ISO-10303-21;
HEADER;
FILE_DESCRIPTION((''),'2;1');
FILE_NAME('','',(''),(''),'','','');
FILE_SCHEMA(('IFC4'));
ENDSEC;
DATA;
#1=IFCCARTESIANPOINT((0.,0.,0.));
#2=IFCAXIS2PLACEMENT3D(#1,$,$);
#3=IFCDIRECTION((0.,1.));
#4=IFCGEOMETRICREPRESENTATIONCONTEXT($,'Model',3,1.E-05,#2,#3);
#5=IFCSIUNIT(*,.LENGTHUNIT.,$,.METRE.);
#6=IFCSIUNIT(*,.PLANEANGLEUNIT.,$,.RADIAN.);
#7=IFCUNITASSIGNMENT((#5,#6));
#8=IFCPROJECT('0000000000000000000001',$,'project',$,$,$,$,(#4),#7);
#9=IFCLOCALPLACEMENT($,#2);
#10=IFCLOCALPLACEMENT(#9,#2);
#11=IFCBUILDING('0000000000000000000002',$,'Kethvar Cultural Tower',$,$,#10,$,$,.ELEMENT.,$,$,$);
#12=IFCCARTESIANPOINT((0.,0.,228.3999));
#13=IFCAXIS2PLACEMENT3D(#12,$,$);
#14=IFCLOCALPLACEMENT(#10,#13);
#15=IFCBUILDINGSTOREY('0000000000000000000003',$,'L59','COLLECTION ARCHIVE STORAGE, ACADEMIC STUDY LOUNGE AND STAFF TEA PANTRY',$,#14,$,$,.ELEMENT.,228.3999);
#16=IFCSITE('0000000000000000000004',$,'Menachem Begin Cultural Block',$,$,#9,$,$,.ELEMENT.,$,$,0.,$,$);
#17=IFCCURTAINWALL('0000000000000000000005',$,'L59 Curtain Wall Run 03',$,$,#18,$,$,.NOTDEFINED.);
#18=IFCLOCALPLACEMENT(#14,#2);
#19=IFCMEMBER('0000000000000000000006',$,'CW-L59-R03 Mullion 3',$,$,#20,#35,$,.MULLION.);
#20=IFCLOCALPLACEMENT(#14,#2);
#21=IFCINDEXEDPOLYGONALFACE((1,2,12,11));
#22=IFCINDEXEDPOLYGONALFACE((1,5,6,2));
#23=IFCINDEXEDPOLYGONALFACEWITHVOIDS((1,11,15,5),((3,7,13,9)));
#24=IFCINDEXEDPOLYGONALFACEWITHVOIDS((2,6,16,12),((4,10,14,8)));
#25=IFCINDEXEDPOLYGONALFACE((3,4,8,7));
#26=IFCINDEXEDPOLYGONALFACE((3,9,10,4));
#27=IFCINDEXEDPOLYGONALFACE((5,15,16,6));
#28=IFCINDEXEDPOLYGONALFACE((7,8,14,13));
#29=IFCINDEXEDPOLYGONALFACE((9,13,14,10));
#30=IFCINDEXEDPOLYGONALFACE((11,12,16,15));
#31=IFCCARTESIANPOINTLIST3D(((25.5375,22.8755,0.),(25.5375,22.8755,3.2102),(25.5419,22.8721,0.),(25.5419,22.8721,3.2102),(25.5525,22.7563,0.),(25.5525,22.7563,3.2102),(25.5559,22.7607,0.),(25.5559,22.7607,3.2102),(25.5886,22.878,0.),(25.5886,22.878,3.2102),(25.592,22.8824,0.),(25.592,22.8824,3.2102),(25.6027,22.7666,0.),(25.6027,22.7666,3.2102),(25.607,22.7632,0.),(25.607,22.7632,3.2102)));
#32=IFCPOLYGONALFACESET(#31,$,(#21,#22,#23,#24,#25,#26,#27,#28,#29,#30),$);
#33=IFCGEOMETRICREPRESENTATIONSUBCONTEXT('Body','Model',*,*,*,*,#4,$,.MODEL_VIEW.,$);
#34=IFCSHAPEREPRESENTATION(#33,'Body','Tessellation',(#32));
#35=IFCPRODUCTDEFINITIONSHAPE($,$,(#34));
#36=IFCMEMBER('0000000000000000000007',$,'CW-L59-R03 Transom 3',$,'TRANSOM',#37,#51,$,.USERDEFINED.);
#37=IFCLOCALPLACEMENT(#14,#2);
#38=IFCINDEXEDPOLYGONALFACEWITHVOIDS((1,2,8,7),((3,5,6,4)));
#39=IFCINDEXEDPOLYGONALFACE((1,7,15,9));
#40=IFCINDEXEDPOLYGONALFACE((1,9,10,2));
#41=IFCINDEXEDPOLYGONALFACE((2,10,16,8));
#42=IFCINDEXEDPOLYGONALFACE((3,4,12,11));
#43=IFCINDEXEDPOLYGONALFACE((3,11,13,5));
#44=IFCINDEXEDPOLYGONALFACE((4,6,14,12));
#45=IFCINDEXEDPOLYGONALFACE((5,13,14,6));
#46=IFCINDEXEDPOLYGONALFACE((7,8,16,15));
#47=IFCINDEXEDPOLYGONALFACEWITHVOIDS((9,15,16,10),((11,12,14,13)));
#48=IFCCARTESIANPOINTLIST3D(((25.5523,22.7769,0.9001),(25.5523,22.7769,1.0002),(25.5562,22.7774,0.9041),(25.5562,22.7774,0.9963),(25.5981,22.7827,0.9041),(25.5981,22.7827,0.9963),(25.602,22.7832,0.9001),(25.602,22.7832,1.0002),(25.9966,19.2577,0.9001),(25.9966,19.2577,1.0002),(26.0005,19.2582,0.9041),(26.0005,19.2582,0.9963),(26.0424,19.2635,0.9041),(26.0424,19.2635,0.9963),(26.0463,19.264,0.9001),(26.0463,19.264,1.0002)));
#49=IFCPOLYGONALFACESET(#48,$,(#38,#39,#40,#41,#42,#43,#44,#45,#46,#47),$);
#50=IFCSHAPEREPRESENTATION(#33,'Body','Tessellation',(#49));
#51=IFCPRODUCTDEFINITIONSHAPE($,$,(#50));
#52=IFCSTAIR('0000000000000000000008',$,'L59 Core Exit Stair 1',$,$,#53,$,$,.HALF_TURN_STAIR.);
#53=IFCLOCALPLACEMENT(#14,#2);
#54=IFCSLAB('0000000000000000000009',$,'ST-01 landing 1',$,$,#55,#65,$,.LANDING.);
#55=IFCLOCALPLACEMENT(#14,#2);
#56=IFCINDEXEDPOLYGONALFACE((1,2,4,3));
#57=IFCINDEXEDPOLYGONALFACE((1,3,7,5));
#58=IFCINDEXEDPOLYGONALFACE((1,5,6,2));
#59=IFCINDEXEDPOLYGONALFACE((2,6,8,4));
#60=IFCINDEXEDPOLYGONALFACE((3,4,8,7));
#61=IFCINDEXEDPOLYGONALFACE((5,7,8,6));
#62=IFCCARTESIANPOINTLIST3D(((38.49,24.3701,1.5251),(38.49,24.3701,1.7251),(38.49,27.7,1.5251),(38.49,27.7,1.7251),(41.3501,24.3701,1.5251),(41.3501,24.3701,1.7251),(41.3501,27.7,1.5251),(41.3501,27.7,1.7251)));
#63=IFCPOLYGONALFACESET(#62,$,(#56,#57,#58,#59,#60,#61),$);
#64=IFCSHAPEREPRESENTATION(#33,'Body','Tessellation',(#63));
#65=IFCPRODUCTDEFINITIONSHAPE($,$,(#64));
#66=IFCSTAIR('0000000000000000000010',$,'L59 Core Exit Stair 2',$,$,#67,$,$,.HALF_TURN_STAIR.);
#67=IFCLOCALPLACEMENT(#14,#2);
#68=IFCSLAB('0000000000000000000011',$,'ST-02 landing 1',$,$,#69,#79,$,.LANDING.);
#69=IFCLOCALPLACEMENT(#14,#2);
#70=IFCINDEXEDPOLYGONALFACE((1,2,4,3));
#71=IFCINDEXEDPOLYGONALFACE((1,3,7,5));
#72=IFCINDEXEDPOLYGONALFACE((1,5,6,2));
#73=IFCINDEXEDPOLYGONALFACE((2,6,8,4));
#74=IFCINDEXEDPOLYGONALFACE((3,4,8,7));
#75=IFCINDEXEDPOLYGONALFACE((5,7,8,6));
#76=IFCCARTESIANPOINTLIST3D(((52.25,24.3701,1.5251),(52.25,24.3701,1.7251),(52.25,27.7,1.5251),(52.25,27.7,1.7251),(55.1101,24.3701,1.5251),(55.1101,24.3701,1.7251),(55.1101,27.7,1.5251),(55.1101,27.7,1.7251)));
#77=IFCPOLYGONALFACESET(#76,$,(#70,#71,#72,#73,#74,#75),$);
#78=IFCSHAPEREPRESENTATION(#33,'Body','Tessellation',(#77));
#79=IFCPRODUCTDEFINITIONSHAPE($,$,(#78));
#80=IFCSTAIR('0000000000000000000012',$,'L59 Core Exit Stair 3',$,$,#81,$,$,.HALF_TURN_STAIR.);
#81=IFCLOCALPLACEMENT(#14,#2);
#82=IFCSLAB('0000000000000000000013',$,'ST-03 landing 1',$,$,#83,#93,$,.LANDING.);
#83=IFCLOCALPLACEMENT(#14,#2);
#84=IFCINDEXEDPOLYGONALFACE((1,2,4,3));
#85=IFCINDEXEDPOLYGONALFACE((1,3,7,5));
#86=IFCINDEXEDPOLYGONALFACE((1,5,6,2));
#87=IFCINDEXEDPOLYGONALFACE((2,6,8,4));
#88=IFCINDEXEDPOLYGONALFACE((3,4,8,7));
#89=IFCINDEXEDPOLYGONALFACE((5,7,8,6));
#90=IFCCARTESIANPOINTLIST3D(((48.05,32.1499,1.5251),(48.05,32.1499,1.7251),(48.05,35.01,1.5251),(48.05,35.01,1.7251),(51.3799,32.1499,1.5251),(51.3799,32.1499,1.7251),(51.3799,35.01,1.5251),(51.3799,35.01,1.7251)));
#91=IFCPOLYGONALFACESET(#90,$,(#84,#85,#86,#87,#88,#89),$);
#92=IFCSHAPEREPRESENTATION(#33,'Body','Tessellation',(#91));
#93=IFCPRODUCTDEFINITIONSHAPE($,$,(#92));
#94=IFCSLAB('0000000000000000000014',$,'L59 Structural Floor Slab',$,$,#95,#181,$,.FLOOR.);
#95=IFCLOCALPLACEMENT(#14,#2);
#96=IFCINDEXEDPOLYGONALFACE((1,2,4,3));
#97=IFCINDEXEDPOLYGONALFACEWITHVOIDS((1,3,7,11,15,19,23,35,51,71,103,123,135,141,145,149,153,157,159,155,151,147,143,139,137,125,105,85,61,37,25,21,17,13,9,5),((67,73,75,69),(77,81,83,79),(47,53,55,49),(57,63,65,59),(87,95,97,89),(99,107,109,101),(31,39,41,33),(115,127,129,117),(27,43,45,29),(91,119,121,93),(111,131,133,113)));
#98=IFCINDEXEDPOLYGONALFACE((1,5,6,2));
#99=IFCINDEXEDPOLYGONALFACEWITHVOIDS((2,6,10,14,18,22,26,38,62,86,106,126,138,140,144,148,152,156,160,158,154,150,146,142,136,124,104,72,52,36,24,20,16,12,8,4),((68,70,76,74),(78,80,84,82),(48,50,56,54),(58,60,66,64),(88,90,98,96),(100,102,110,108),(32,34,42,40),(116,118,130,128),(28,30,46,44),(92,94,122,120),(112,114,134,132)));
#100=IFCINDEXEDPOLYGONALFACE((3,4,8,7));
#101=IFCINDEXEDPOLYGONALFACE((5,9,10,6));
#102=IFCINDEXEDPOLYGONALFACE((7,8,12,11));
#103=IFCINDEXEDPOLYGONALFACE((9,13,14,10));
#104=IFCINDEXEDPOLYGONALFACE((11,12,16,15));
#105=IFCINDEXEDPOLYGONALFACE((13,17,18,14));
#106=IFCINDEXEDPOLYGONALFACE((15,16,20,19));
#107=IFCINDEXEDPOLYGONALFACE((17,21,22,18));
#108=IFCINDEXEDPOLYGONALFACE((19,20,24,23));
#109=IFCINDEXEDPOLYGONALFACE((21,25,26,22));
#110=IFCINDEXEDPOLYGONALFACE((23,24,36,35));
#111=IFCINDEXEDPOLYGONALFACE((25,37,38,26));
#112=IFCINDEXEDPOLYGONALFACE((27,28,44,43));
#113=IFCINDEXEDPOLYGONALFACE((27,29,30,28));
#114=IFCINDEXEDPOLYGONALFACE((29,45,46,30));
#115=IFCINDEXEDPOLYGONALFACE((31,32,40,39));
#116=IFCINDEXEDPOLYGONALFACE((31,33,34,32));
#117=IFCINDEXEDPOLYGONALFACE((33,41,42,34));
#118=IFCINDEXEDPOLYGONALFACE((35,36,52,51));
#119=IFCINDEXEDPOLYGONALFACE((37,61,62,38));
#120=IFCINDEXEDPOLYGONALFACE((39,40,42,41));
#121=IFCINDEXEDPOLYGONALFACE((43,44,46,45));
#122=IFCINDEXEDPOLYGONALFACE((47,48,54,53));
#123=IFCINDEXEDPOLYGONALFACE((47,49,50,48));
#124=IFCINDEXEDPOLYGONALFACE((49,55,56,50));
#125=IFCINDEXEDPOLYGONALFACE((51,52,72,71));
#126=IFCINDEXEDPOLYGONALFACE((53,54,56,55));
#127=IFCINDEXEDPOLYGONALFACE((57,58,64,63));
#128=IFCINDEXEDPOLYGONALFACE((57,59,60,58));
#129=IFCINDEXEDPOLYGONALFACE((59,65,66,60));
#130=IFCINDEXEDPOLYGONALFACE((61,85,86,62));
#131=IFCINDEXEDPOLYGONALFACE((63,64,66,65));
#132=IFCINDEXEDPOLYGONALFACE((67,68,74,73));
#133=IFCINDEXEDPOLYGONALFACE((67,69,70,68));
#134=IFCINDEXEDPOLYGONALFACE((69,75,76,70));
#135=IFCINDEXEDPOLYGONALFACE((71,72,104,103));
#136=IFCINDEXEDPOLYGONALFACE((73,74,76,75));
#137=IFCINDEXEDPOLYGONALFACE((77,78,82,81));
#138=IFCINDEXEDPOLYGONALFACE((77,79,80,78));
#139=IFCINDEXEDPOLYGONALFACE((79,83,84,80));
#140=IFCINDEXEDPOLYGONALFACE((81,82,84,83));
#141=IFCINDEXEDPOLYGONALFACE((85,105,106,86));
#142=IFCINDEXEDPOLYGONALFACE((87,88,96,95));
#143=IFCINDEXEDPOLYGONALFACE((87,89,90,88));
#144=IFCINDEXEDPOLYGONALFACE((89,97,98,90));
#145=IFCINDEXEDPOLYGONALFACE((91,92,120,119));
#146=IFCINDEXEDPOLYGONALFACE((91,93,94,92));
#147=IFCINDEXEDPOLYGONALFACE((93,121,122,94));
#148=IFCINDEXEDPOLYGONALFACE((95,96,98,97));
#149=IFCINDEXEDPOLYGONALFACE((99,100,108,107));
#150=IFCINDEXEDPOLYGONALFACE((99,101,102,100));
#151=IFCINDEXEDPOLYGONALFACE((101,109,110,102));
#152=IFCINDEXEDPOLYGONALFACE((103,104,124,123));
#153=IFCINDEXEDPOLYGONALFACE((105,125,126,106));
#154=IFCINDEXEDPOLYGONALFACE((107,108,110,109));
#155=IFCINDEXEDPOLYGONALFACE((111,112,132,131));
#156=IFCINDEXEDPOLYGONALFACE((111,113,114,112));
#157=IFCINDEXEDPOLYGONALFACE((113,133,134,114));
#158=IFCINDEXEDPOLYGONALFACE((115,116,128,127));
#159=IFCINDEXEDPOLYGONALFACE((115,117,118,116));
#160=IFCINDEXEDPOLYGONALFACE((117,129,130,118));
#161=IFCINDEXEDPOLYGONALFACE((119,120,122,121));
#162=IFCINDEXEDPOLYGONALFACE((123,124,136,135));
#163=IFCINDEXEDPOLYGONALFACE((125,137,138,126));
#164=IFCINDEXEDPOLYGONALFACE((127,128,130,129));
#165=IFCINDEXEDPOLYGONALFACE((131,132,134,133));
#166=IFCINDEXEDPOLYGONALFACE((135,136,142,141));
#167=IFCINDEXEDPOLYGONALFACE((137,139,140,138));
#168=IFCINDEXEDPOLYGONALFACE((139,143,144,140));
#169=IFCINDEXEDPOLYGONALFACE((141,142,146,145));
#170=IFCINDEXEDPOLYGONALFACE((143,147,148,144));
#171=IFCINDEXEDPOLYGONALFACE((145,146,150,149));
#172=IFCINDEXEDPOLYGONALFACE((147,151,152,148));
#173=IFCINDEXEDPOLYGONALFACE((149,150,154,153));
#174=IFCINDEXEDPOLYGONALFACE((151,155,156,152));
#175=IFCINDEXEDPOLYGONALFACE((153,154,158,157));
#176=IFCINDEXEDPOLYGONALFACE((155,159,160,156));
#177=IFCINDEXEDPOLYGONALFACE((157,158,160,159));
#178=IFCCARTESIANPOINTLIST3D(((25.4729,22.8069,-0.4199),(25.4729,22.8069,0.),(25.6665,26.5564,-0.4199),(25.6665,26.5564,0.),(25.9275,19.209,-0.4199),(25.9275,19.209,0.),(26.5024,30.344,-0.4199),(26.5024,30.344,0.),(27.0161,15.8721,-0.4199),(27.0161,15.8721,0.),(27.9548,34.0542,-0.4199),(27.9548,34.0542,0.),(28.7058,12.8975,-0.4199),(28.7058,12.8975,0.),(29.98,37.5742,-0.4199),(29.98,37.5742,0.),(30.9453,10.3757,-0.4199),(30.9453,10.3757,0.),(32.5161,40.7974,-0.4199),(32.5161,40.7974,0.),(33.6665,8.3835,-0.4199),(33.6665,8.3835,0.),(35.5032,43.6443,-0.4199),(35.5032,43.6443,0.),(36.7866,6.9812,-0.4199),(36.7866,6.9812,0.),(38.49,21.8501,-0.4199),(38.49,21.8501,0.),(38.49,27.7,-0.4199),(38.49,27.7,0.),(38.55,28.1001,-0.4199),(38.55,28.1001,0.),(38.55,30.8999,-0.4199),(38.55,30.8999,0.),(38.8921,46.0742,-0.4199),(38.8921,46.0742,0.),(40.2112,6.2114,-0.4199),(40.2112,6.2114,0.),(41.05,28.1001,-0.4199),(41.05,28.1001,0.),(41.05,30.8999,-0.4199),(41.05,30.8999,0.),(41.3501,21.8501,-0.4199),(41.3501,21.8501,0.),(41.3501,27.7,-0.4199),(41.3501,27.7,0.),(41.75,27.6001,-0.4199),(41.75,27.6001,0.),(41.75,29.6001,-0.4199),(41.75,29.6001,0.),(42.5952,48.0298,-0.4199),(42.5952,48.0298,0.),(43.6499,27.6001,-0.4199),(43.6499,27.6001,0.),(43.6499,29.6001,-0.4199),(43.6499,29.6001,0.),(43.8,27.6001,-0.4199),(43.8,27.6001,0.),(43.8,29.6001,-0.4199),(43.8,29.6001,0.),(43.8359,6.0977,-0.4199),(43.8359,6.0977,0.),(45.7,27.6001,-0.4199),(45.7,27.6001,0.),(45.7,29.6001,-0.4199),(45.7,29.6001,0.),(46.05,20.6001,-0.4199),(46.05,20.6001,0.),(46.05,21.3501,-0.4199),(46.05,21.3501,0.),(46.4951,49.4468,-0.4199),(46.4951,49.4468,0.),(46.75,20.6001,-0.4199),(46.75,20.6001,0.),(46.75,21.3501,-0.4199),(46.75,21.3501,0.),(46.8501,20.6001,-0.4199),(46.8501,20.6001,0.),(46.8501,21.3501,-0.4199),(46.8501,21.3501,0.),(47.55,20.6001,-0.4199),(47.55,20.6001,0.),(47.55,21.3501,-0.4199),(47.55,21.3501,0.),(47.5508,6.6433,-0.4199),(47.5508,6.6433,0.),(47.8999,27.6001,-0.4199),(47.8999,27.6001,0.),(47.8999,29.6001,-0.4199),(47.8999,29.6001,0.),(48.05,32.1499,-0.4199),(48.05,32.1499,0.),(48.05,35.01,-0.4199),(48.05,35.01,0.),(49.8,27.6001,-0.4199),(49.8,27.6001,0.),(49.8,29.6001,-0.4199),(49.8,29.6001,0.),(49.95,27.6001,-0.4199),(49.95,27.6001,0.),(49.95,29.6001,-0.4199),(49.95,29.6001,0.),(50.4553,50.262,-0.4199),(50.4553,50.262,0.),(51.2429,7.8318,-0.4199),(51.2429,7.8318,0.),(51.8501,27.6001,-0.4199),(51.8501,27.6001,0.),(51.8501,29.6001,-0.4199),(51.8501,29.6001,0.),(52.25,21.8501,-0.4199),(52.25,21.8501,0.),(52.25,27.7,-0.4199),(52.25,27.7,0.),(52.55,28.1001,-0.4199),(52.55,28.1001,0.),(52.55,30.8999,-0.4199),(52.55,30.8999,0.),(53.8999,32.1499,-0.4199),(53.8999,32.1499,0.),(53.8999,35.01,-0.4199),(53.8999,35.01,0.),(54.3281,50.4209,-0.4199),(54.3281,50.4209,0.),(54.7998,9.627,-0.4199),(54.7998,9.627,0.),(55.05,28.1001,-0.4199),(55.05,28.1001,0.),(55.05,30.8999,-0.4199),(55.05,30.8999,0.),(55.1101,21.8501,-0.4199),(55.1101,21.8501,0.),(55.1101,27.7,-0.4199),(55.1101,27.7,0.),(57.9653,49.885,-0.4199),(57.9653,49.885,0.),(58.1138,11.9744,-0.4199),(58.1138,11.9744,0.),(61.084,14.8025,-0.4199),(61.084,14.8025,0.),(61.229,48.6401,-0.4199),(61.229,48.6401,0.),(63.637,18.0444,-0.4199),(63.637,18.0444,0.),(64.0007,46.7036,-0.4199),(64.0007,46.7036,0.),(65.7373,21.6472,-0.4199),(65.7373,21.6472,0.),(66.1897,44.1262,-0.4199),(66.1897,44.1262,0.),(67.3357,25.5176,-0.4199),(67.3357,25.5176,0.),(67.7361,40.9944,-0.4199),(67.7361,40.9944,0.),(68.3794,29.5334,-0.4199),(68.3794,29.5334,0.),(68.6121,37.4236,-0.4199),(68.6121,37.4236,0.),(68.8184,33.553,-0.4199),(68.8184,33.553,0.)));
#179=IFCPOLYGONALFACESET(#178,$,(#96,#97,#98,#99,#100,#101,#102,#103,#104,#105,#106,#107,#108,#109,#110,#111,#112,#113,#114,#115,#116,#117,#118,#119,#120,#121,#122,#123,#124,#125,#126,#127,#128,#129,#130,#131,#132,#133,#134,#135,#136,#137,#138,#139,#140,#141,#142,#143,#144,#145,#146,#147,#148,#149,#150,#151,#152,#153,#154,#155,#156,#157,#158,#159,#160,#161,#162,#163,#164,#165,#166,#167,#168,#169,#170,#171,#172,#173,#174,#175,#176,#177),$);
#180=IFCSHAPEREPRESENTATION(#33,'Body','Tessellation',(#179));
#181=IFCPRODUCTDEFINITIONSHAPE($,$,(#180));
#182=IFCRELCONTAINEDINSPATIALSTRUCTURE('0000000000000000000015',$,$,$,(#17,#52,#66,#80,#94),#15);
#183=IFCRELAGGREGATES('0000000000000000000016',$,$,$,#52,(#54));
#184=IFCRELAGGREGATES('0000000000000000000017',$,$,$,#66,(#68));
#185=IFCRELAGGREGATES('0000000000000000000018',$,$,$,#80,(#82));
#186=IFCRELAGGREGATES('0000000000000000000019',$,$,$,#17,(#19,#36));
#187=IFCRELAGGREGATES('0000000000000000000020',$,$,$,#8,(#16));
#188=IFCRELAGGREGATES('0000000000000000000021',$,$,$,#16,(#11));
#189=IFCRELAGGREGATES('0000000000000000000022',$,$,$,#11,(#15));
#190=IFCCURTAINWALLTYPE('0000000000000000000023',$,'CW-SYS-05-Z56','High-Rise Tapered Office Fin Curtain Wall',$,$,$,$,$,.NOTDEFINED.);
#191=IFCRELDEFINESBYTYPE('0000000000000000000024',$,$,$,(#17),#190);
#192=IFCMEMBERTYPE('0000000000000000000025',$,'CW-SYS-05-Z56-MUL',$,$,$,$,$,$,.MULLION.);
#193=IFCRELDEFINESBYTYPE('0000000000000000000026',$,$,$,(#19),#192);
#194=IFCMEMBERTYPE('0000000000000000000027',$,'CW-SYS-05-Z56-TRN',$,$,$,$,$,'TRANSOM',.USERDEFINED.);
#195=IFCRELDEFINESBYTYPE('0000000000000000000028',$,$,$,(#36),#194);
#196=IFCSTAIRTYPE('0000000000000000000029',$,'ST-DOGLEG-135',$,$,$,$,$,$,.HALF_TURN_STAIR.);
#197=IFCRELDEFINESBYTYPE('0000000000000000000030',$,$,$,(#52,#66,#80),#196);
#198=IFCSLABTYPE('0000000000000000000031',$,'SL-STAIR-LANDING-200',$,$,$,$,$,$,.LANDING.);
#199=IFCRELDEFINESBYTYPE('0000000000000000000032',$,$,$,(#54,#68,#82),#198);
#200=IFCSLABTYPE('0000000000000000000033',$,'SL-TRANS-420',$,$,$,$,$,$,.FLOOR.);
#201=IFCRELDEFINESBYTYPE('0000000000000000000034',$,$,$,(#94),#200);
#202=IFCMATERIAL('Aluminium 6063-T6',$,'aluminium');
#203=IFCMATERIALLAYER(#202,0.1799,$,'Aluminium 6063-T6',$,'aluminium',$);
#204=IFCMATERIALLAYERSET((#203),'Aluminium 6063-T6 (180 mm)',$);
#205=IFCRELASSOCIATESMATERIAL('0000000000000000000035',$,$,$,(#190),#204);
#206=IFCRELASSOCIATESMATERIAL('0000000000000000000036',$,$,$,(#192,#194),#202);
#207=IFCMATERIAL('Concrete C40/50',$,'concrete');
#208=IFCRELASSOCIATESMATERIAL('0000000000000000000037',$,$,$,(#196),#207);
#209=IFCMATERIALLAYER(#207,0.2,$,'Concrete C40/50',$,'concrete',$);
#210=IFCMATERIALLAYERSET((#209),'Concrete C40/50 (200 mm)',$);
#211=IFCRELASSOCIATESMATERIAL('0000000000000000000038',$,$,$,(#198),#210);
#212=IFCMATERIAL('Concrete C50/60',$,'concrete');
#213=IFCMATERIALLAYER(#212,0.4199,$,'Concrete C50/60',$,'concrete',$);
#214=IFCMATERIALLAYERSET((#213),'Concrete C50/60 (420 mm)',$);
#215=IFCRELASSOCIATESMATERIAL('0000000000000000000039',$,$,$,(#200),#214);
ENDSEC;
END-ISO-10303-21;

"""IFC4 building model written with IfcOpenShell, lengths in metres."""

from ifc_helpers import new_model, si_unit, direction, frame, origin, origin_2d, place, context, subcontext, project, spatial, polyline, hollow_rectangle, outline, extrude, source, transform, mapped, material, layer, layer_set, material_profile, profile_set, type_object, element, aggregate, save


model = new_model("IFC4")

# Units and contexts
model_context = context("Model", 3, precision=1e-05, world=origin(), true_north=direction((0.0, 1.0)))
body_context = subcontext(model_context, "Body", "Model", "MODEL_VIEW")
ifc_project = project(units=[si_unit("LENGTHUNIT", "METRE"), si_unit("PLANEANGLEUNIT", "RADIAN")], contexts=[model_context])

# Site, building, storey
site_placement = place(None, origin())
site = spatial("IfcSite", under=ifc_project, at=site_placement, Name="Menachem Begin Cultural Block", CompositionType="ELEMENT", RefElevation=0.0)
building_placement = place(site_placement, origin())
building = spatial("IfcBuilding", under=site, at=building_placement, Name="Kethvar Cultural Tower", CompositionType="ELEMENT")
storey_placement = place(building_placement, frame((0.0, 0.0, 228.3999)))
storey = spatial("IfcBuildingStorey", under=building, at=storey_placement, Name="L59", Description="COLLECTION ARCHIVE STORAGE, ACADEMIC STUDY LOUNGE AND STAFF TEA PANTRY", CompositionType="ELEMENT", Elevation=228.3999)

# Curtain wall, members
ifc_material_1 = material(Name="Aluminium 6063-T6", Category="aluminium")
ifc_layer_1 = layer(ifc_material_1, 0.1799, Name="Aluminium 6063-T6", Category="aluminium")
ifc_layer_set_1 = layer_set([ifc_layer_1], Name="Aluminium 6063-T6 (180 mm)")
curtain_wall_type = type_object("IfcCurtainWallType", Name="CW-SYS-05-Z56", Description="High-Rise Tapered Office Fin Curtain Wall", PredefinedType="NOTDEFINED", material=ifc_layer_set_1)
curtain_wall_placement = place(storey_placement, origin())
curtain_wall = element("IfcCurtainWall", 1, at=curtain_wall_placement, inside=storey, type_object=curtain_wall_type, Name="L59 Curtain Wall Run 03", PredefinedType="NOTDEFINED")
ifc_material_profile_1 = material_profile(ifc_material_1, hollow_rectangle(XDim=0.0549, YDim=0.1201, WallThickness=0.0039, at=origin_2d()), Name="Aluminium 6063-T6 — RHS120x55x4")
ifc_profile_set_1 = profile_set([ifc_material_profile_1], Name="Aluminium 6063-T6 — RHS120x55x4")
member_type_1 = type_object("IfcMemberType", Name="CW-SYS-05-Z56-MUL", PredefinedType="MULLION", material=ifc_profile_set_1)
shared_shape_1 = source(origin(), body_context, "Body", "SweptSolid", [
    extrude(hollow_rectangle(XDim=0.0549, YDim=0.1201, WallThickness=0.0039, at=origin_2d()), origin(), (0.0, 0.0, 1.0), 3.2102),
])
member_1_placement = place(storey_placement, frame((25.5723, 22.8193, 0.0), z_axis=(0.0, 0.0, 1.0), x_axis=(0.992119, 0.125299, 0.0)))
member_1 = element("IfcMember", 2, at=member_1_placement, type_object=member_type_1, Name="CW-L59-R03 Mullion 3", PredefinedType="MULLION", context=body_context, shape_type="MappedRepresentation", body=[
    mapped(shared_shape_1, transform((0.0, 0.0, 0.0), scale=1.0)),
])
ifc_material_profile_2 = material_profile(ifc_material_1, hollow_rectangle(XDim=0.05, YDim=0.1001, WallThickness=0.0039, at=origin_2d()), Name="Aluminium 6063-T6 — RHS100x50x4")
ifc_profile_set_2 = profile_set([ifc_material_profile_2], Name="Aluminium 6063-T6 — RHS100x50x4")
member_type_2 = type_object("IfcMemberType", Name="CW-SYS-05-Z56-TRN", ElementType="TRANSOM", PredefinedType="USERDEFINED", material=ifc_profile_set_2)
shared_shape_2 = source(origin(), body_context, "Body", "SweptSolid", [
    extrude(hollow_rectangle(XDim=0.05, YDim=0.1001, WallThickness=0.0039, at=origin_2d()), origin(), (0.0, 0.0, 1.0), 3.5471),
])
member_2_placement = place(storey_placement, frame((25.5771, 22.78, 0.9502), z_axis=(0.125263, -0.992124, 0.0), x_axis=(0.992124, 0.125263, 0.0)))
member_2 = element("IfcMember", 3, at=member_2_placement, type_object=member_type_2, Name="CW-L59-R03 Transom 3", ObjectType="TRANSOM", PredefinedType="USERDEFINED", context=body_context, shape_type="MappedRepresentation", body=[
    mapped(shared_shape_2, transform((0.0, 0.0, 0.0), scale=1.0)),
])

# Stairs, slabs
ifc_material_2 = material(Name="Concrete C40/50", Category="concrete")
stair_type = type_object("IfcStairType", Name="ST-DOGLEG-135", PredefinedType="HALF_TURN_STAIR", material=ifc_material_2)
stair_1_placement = place(storey_placement, origin())
stair_1 = element("IfcStair", 4, at=stair_1_placement, inside=storey, type_object=stair_type, Name="L59 Core Exit Stair 1", PredefinedType="HALF_TURN_STAIR")
ifc_layer_2 = layer(ifc_material_2, 0.2, Name="Concrete C40/50", Category="concrete")
ifc_layer_set_2 = layer_set([ifc_layer_2], Name="Concrete C40/50 (200 mm)")
slab_type_1 = type_object("IfcSlabType", Name="SL-STAIR-LANDING-200", PredefinedType="LANDING", material=ifc_layer_set_2)
slab_1_placement = place(storey_placement, frame((0.0, 0.0, 1.5251)))
slab_1 = element("IfcSlab", 5, at=slab_1_placement, type_object=slab_type_1, Name="ST-01 landing 1", PredefinedType="LANDING", context=body_context, shape_type="SweptSolid", body=[
    extrude(outline(polyline([(41.3501, 24.3701), (41.3501, 27.7), (38.49, 27.7), (38.49, 24.3701), (41.3501, 24.3701)])), origin(), (0.0, 0.0, 1.0), 0.2),
])
aggregate(stair_1, [slab_1])
stair_2_placement = place(storey_placement, origin())
stair_2 = element("IfcStair", 6, at=stair_2_placement, inside=storey, type_object=stair_type, Name="L59 Core Exit Stair 2", PredefinedType="HALF_TURN_STAIR")
slab_2_placement = place(storey_placement, frame((0.0, 0.0, 1.5251)))
slab_2 = element("IfcSlab", 7, at=slab_2_placement, type_object=slab_type_1, Name="ST-02 landing 1", PredefinedType="LANDING", context=body_context, shape_type="SweptSolid", body=[
    extrude(outline(polyline([(55.1101, 24.3701), (55.1101, 27.7), (52.25, 27.7), (52.25, 24.3701), (55.1101, 24.3701)])), origin(), (0.0, 0.0, 1.0), 0.2),
])
aggregate(stair_2, [slab_2])
stair_3_placement = place(storey_placement, origin())
stair_3 = element("IfcStair", 8, at=stair_3_placement, inside=storey, type_object=stair_type, Name="L59 Core Exit Stair 3", PredefinedType="HALF_TURN_STAIR")
slab_3_placement = place(storey_placement, frame((0.0, 0.0, 1.5251)))
slab_3 = element("IfcSlab", 9, at=slab_3_placement, type_object=slab_type_1, Name="ST-03 landing 1", PredefinedType="LANDING", context=body_context, shape_type="SweptSolid", body=[
    extrude(outline(polyline([(51.3799, 35.01), (48.05, 35.01), (48.05, 32.1499), (51.3799, 32.1499), (51.3799, 35.01)])), origin(), (0.0, 0.0, 1.0), 0.2),
])
aggregate(stair_3, [slab_3])

# Slab
ifc_material_3 = material(Name="Concrete C50/60", Category="concrete")
ifc_layer_3 = layer(ifc_material_3, 0.4199, Name="Concrete C50/60", Category="concrete")
ifc_layer_set_3 = layer_set([ifc_layer_3], Name="Concrete C50/60 (420 mm)")
slab_type_2 = type_object("IfcSlabType", Name="SL-TRANS-420", PredefinedType="FLOOR", material=ifc_layer_set_3)
slab_4_placement = place(storey_placement, frame((0.0, 0.0, -0.4199)))
element("IfcSlab", 10, at=slab_4_placement, inside=storey, type_object=slab_type_2, Name="L59 Structural Floor Slab", PredefinedType="FLOOR", context=body_context, shape_type="SweptSolid", body=[
    extrude(outline(polyline([(64.0007, 46.7036), (61.229, 48.6401), (57.9653, 49.885), (54.3281, 50.4209), (50.4553, 50.262), (46.4951, 49.4468), (42.5952, 48.0298), (38.8921, 46.0742), (35.5032, 43.6443), (32.5161, 40.7974), (29.98, 37.5742), (27.9548, 34.0542), (26.5024, 30.344), (25.6665, 26.5564), (25.4729, 22.8069), (25.9275, 19.209), (27.0161, 15.8721), (28.7058, 12.8975), (30.9453, 10.3757), (33.6665, 8.3835), (36.7866, 6.9812), (40.2112, 6.2114), (43.8359, 6.0977), (47.5508, 6.6433), (51.2429, 7.8318), (54.7998, 9.627), (58.1138, 11.9744), (61.084, 14.8025), (63.637, 18.0444), (65.7373, 21.6472), (67.3357, 25.5176), (68.3794, 29.5334), (68.8184, 33.553), (68.6121, 37.4236), (67.7361, 40.9944), (66.1897, 44.1262), (64.0007, 46.7036)]), holes=[polyline([(38.49, 21.8501), (38.49, 27.7), (41.3501, 27.7), (41.3501, 21.8501), (38.49, 21.8501)]), polyline([(52.25, 21.8501), (52.25, 27.7), (55.1101, 27.7), (55.1101, 21.8501), (52.25, 21.8501)]), polyline([(53.8999, 32.1499), (48.05, 32.1499), (48.05, 35.01), (53.8999, 35.01), (53.8999, 32.1499)]), polyline([(41.75, 29.6001), (43.6499, 29.6001), (43.6499, 27.6001), (41.75, 27.6001), (41.75, 29.6001)]), polyline([(43.8, 29.6001), (45.7, 29.6001), (45.7, 27.6001), (43.8, 27.6001), (43.8, 29.6001)]), polyline([(47.8999, 29.6001), (49.8, 29.6001), (49.8, 27.6001), (47.8999, 27.6001), (47.8999, 29.6001)]), polyline([(49.95, 29.6001), (51.8501, 29.6001), (51.8501, 27.6001), (49.95, 27.6001), (49.95, 29.6001)]), polyline([(38.55, 30.8999), (41.05, 30.8999), (41.05, 28.1001), (38.55, 28.1001), (38.55, 30.8999)]), polyline([(52.55, 30.8999), (55.05, 30.8999), (55.05, 28.1001), (52.55, 28.1001), (52.55, 30.8999)]), polyline([(46.05, 21.3501), (46.75, 21.3501), (46.75, 20.6001), (46.05, 20.6001), (46.05, 21.3501)]), polyline([(46.8501, 21.3501), (47.55, 21.3501), (47.55, 20.6001), (46.8501, 20.6001), (46.8501, 21.3501)])]), origin(), (0.0, 0.0, 1.0), 0.4199),
])

aggregate(curtain_wall, [member_1, member_2])

save(model, "model.ifc")
